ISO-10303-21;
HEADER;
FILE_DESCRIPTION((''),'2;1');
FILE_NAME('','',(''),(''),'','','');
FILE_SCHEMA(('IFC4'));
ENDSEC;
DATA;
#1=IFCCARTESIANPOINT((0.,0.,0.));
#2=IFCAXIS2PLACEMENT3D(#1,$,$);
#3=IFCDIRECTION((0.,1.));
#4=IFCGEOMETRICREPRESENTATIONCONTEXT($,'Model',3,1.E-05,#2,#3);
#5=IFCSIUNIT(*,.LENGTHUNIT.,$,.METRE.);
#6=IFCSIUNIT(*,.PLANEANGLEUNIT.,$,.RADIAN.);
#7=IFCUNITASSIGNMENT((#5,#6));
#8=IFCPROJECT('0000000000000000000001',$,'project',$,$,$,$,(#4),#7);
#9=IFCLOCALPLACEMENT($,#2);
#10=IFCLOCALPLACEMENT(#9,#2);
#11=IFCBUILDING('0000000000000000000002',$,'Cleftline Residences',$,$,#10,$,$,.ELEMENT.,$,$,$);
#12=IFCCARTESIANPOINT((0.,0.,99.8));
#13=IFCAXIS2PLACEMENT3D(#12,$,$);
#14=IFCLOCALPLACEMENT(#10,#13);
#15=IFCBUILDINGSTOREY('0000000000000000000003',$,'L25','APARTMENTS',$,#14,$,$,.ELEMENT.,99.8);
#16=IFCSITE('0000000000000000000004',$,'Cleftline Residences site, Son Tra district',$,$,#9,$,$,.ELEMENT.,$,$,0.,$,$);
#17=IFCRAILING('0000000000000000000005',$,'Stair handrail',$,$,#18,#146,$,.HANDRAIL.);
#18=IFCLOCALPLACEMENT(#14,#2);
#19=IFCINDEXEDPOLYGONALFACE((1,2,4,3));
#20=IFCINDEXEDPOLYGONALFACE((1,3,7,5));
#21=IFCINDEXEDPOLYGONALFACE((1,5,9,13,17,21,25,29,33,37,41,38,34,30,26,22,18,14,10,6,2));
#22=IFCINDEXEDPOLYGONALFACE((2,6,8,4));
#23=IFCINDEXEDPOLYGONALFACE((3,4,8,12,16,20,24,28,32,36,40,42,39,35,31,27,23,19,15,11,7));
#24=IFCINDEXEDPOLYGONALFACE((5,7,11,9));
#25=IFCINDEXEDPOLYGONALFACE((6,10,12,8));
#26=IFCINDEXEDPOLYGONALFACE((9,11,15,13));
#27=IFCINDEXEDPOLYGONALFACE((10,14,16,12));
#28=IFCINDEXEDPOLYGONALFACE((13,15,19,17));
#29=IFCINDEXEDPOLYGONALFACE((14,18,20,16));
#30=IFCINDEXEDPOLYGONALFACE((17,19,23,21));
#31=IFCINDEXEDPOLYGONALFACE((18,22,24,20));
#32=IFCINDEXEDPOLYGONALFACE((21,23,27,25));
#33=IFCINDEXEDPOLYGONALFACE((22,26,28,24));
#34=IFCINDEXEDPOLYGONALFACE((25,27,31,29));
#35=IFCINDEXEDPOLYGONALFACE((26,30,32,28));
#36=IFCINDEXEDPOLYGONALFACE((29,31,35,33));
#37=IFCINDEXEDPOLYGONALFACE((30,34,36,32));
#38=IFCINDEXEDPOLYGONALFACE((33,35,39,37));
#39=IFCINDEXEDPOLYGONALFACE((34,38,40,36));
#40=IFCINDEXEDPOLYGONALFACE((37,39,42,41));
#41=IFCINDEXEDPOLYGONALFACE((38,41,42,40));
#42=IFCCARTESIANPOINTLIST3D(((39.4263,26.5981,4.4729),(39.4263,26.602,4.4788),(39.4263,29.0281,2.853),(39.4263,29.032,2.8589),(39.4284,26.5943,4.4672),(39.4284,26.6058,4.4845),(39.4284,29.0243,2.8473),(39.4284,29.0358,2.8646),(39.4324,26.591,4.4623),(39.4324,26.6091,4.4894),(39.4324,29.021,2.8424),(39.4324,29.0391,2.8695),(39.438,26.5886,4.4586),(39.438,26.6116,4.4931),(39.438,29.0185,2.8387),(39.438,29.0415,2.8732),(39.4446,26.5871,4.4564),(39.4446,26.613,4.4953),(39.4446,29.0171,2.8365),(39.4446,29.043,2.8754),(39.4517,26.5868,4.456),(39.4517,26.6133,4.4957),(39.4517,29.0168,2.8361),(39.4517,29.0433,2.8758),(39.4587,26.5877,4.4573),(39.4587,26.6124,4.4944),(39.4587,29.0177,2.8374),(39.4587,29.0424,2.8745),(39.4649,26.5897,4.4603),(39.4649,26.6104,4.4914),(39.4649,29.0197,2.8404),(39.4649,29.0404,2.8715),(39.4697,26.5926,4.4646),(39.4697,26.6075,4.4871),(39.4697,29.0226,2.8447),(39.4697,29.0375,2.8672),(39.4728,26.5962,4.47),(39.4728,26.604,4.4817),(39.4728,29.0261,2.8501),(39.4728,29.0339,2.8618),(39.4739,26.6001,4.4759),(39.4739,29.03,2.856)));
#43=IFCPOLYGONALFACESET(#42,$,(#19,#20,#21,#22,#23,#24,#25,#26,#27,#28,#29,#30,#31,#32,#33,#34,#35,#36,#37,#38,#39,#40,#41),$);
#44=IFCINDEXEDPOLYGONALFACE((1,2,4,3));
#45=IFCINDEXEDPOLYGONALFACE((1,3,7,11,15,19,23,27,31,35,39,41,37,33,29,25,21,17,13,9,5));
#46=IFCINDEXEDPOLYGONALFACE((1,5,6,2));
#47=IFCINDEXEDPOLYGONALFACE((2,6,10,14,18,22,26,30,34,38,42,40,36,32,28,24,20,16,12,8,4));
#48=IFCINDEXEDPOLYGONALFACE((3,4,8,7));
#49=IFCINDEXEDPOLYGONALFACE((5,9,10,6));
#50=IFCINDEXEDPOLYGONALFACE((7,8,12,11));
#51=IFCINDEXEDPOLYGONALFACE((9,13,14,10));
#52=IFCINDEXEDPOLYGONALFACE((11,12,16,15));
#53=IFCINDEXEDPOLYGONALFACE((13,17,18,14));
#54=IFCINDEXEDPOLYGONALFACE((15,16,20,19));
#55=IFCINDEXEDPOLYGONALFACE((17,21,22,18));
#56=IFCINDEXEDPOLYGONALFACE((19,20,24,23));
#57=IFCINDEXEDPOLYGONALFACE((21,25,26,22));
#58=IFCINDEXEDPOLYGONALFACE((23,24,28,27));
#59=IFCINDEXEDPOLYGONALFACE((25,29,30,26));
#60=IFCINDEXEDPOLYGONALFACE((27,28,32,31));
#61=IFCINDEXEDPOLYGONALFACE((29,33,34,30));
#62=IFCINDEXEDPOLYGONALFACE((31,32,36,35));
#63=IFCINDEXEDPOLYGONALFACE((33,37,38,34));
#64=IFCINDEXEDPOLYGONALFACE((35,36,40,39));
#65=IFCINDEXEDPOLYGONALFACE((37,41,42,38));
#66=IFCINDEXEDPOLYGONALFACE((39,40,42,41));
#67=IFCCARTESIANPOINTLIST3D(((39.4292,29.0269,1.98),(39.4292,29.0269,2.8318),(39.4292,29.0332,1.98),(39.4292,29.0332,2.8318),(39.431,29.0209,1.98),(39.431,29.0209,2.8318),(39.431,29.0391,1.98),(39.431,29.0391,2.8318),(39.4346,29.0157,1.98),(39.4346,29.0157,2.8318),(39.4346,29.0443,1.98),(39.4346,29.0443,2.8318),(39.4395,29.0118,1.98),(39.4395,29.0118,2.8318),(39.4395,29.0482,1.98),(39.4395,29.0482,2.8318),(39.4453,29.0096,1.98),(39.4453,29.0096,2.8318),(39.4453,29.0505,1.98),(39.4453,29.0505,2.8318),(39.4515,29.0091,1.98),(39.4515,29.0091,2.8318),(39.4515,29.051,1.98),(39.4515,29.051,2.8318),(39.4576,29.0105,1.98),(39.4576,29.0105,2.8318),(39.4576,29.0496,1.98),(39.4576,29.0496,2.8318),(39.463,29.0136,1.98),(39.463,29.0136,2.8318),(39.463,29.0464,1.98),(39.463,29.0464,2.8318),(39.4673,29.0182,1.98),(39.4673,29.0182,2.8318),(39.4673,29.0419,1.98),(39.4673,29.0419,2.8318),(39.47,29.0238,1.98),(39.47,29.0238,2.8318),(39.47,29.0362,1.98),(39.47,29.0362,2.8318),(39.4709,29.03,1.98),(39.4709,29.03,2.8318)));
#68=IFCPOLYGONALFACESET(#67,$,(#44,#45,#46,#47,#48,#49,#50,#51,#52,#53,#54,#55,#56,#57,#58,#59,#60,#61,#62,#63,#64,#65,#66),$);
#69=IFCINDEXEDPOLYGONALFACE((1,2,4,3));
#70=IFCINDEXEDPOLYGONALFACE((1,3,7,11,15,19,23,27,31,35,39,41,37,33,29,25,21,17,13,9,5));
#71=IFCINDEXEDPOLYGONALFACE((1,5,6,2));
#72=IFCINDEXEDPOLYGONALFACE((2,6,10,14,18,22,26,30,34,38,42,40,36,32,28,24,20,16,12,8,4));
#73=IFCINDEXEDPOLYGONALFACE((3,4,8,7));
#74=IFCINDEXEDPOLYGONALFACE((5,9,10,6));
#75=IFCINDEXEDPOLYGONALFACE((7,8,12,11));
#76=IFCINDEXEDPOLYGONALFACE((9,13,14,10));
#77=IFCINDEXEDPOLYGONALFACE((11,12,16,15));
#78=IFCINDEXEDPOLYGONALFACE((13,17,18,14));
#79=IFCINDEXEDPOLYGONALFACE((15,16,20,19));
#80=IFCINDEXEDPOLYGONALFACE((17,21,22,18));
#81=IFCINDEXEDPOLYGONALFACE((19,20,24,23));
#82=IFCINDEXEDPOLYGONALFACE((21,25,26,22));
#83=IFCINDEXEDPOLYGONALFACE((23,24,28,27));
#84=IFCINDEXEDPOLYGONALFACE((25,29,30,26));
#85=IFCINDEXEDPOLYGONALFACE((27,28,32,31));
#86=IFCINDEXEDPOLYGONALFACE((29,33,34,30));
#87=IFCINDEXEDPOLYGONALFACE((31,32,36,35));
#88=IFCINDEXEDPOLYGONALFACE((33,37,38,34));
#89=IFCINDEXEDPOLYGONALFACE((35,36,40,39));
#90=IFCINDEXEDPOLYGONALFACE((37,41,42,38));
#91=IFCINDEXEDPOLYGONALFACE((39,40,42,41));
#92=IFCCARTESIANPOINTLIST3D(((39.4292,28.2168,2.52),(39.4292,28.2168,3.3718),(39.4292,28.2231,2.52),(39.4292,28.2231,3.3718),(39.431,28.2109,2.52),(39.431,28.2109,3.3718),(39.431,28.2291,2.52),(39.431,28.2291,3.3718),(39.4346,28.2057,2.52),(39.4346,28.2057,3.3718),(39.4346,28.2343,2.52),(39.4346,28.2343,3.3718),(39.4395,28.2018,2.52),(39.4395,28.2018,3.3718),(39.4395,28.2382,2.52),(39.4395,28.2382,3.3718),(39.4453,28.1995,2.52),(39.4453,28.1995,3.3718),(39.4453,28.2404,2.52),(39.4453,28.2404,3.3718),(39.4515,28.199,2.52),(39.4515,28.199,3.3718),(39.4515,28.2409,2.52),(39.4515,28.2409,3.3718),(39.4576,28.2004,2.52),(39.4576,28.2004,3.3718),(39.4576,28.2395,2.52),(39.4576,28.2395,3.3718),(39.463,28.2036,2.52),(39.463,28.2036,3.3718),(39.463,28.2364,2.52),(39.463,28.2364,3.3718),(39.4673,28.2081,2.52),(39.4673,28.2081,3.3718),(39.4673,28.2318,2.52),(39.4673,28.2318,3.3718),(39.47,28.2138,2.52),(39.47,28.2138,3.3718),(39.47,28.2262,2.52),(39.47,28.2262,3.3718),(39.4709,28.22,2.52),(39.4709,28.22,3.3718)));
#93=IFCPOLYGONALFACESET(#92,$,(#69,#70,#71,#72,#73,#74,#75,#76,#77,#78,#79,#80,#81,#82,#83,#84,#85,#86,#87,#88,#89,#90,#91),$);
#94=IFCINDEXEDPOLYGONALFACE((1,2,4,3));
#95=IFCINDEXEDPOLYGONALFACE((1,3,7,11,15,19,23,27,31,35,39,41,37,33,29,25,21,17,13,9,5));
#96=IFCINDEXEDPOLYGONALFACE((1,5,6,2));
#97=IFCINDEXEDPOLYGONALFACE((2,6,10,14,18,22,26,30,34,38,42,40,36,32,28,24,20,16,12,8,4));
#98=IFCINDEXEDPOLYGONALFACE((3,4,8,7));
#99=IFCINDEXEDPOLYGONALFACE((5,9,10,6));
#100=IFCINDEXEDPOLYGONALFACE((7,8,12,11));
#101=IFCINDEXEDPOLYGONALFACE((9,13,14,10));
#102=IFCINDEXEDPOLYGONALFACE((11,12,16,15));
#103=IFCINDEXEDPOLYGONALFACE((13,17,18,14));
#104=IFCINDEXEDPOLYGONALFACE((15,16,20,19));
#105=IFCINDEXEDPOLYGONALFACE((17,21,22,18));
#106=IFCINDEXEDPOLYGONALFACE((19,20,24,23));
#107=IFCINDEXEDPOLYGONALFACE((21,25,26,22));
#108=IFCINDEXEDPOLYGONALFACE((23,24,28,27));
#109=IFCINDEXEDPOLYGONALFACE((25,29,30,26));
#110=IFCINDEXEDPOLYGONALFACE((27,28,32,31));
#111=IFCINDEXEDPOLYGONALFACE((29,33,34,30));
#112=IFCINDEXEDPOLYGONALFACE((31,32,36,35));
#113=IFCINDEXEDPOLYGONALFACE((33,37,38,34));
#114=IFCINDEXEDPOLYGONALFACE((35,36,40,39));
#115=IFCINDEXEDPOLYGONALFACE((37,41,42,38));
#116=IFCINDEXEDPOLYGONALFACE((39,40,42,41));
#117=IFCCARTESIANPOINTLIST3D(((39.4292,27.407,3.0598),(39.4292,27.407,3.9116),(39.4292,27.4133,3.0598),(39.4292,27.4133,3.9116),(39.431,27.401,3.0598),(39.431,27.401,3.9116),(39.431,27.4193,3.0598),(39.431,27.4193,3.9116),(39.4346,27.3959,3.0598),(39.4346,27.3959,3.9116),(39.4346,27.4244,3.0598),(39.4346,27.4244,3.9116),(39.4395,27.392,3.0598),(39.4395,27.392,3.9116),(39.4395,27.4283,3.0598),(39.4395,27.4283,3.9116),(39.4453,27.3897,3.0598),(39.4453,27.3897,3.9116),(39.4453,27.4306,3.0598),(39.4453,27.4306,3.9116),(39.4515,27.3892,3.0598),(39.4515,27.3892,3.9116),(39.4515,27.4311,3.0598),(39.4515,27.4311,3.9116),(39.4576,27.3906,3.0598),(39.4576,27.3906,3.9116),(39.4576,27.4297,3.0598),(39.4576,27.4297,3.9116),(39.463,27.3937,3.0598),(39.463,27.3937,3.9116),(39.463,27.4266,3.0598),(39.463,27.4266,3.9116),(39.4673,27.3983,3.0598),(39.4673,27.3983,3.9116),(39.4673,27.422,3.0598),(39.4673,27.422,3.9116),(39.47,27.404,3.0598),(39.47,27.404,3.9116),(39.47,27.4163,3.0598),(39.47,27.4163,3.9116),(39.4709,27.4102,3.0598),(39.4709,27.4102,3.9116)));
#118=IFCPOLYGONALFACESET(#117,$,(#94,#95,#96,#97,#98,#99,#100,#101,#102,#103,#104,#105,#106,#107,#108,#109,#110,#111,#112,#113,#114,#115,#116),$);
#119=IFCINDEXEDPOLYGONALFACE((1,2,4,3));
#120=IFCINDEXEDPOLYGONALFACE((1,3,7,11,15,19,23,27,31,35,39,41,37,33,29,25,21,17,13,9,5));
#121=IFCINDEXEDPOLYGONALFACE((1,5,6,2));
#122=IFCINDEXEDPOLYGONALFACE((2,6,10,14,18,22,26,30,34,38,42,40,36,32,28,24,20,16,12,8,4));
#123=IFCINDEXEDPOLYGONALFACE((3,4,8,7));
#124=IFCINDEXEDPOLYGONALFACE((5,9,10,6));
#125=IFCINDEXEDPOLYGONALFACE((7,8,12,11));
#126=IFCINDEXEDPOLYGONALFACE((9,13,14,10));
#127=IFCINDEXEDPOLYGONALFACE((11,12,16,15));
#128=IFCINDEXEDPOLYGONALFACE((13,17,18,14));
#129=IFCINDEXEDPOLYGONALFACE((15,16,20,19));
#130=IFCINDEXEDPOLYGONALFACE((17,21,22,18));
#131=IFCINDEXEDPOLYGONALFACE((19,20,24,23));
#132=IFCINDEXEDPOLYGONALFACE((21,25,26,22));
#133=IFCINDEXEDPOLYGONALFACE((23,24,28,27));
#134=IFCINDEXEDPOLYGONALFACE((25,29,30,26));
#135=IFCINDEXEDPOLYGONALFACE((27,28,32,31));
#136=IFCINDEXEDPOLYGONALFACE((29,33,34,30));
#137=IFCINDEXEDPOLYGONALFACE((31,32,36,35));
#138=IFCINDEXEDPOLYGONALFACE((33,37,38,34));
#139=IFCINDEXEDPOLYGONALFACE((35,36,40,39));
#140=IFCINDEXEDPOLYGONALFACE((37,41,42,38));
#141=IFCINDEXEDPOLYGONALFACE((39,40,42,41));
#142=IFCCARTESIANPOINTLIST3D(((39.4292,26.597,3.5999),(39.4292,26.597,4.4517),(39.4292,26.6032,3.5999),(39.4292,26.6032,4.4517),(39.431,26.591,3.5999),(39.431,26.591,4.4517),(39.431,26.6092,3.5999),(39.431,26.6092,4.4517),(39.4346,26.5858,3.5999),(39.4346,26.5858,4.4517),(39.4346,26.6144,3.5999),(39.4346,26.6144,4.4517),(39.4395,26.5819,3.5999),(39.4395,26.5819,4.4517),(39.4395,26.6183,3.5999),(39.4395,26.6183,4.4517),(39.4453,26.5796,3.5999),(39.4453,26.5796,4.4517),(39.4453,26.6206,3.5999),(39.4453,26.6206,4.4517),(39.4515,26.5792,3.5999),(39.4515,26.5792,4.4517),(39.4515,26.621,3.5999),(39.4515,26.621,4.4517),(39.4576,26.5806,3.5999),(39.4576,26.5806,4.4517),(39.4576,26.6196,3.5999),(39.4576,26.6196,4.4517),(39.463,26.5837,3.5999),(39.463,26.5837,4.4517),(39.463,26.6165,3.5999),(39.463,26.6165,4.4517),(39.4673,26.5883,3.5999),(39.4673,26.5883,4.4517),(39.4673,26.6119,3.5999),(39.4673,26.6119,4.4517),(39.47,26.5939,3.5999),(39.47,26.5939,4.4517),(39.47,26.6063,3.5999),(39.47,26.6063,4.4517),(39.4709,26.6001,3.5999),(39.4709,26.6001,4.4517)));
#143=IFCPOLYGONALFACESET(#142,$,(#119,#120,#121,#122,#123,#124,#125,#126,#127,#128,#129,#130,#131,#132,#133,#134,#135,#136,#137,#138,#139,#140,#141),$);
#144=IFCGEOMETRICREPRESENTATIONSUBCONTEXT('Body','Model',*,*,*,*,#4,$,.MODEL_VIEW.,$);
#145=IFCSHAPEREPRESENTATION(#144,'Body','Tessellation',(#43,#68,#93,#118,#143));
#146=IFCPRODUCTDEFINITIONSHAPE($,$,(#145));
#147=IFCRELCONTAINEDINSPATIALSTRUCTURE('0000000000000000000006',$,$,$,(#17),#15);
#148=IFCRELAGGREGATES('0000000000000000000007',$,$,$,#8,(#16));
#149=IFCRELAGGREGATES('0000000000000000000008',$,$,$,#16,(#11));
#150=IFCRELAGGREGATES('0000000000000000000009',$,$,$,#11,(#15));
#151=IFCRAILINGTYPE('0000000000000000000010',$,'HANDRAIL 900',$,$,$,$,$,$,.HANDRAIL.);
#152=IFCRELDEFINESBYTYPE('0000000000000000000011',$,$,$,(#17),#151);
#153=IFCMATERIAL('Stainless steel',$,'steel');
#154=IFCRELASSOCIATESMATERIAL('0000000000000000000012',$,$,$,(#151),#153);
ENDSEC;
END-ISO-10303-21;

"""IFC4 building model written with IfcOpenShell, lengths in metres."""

from ifc_helpers import new_model, si_unit, direction, frame, origin, origin_2d, place, context, subcontext, project, spatial, circle, extrude, material, type_object, element, save


model = new_model("IFC4")

# Units and contexts
model_context = context("Model", 3, precision=1e-05, world=origin(), true_north=direction((0.0, 1.0)))
body_context = subcontext(model_context, "Body", "Model", "MODEL_VIEW")
ifc_project = project(units=[si_unit("LENGTHUNIT", "METRE"), si_unit("PLANEANGLEUNIT", "RADIAN")], contexts=[model_context])

# Site, building, storey
site_placement = place(None, origin())
site = spatial("IfcSite", under=ifc_project, at=site_placement, Name="Cleftline Residences site, Son Tra district", CompositionType="ELEMENT", RefElevation=0.0)
building_placement = place(site_placement, origin())
building = spatial("IfcBuilding", under=site, at=building_placement, Name="Cleftline Residences", CompositionType="ELEMENT")
storey_placement = place(building_placement, frame((0.0, 0.0, 99.8)))
storey = spatial("IfcBuildingStorey", under=building, at=storey_placement, Name="L25", Description="APARTMENTS", CompositionType="ELEMENT", Elevation=99.8)

# Railing
ifc_material_1 = material(Name="Stainless steel", Category="steel")
railing_type = type_object("IfcRailingType", Name="HANDRAIL 900", PredefinedType="HANDRAIL", material=ifc_material_1)
railing_1_placement = place(storey_placement, frame((39.45, 29.03, 1.98)))
element("IfcRailing", 1, at=railing_1_placement, inside=storey, type_object=railing_type, Name="Stair handrail", PredefinedType="HANDRAIL", context=body_context, shape_type="SweptSolid", body=[
    extrude(circle(Radius=0.0239, at=origin_2d()), frame((0.0, 0.0, 0.876), z_axis=(0.0, -0.832063, 0.554681), x_axis=(1.0, 0.0, 0.0)), (0.0, 0.0, 1.0), 2.9204),
    extrude(circle(Radius=0.021, at=origin_2d()), origin(), (0.0, 0.0, 1.0), 0.8518),
    extrude(circle(Radius=0.021, at=origin_2d()), frame((0.0, -0.8101, 0.54)), (0.0, 0.0, 1.0), 0.8518),
    extrude(circle(Radius=0.021, at=origin_2d()), frame((0.0, -1.6199, 1.0798)), (0.0, 0.0, 1.0), 0.8518),
    extrude(circle(Radius=0.021, at=origin_2d()), frame((0.0, -2.4299, 1.6199)), (0.0, 0.0, 1.0), 0.8518),
])

save(model, "model.ifc")
